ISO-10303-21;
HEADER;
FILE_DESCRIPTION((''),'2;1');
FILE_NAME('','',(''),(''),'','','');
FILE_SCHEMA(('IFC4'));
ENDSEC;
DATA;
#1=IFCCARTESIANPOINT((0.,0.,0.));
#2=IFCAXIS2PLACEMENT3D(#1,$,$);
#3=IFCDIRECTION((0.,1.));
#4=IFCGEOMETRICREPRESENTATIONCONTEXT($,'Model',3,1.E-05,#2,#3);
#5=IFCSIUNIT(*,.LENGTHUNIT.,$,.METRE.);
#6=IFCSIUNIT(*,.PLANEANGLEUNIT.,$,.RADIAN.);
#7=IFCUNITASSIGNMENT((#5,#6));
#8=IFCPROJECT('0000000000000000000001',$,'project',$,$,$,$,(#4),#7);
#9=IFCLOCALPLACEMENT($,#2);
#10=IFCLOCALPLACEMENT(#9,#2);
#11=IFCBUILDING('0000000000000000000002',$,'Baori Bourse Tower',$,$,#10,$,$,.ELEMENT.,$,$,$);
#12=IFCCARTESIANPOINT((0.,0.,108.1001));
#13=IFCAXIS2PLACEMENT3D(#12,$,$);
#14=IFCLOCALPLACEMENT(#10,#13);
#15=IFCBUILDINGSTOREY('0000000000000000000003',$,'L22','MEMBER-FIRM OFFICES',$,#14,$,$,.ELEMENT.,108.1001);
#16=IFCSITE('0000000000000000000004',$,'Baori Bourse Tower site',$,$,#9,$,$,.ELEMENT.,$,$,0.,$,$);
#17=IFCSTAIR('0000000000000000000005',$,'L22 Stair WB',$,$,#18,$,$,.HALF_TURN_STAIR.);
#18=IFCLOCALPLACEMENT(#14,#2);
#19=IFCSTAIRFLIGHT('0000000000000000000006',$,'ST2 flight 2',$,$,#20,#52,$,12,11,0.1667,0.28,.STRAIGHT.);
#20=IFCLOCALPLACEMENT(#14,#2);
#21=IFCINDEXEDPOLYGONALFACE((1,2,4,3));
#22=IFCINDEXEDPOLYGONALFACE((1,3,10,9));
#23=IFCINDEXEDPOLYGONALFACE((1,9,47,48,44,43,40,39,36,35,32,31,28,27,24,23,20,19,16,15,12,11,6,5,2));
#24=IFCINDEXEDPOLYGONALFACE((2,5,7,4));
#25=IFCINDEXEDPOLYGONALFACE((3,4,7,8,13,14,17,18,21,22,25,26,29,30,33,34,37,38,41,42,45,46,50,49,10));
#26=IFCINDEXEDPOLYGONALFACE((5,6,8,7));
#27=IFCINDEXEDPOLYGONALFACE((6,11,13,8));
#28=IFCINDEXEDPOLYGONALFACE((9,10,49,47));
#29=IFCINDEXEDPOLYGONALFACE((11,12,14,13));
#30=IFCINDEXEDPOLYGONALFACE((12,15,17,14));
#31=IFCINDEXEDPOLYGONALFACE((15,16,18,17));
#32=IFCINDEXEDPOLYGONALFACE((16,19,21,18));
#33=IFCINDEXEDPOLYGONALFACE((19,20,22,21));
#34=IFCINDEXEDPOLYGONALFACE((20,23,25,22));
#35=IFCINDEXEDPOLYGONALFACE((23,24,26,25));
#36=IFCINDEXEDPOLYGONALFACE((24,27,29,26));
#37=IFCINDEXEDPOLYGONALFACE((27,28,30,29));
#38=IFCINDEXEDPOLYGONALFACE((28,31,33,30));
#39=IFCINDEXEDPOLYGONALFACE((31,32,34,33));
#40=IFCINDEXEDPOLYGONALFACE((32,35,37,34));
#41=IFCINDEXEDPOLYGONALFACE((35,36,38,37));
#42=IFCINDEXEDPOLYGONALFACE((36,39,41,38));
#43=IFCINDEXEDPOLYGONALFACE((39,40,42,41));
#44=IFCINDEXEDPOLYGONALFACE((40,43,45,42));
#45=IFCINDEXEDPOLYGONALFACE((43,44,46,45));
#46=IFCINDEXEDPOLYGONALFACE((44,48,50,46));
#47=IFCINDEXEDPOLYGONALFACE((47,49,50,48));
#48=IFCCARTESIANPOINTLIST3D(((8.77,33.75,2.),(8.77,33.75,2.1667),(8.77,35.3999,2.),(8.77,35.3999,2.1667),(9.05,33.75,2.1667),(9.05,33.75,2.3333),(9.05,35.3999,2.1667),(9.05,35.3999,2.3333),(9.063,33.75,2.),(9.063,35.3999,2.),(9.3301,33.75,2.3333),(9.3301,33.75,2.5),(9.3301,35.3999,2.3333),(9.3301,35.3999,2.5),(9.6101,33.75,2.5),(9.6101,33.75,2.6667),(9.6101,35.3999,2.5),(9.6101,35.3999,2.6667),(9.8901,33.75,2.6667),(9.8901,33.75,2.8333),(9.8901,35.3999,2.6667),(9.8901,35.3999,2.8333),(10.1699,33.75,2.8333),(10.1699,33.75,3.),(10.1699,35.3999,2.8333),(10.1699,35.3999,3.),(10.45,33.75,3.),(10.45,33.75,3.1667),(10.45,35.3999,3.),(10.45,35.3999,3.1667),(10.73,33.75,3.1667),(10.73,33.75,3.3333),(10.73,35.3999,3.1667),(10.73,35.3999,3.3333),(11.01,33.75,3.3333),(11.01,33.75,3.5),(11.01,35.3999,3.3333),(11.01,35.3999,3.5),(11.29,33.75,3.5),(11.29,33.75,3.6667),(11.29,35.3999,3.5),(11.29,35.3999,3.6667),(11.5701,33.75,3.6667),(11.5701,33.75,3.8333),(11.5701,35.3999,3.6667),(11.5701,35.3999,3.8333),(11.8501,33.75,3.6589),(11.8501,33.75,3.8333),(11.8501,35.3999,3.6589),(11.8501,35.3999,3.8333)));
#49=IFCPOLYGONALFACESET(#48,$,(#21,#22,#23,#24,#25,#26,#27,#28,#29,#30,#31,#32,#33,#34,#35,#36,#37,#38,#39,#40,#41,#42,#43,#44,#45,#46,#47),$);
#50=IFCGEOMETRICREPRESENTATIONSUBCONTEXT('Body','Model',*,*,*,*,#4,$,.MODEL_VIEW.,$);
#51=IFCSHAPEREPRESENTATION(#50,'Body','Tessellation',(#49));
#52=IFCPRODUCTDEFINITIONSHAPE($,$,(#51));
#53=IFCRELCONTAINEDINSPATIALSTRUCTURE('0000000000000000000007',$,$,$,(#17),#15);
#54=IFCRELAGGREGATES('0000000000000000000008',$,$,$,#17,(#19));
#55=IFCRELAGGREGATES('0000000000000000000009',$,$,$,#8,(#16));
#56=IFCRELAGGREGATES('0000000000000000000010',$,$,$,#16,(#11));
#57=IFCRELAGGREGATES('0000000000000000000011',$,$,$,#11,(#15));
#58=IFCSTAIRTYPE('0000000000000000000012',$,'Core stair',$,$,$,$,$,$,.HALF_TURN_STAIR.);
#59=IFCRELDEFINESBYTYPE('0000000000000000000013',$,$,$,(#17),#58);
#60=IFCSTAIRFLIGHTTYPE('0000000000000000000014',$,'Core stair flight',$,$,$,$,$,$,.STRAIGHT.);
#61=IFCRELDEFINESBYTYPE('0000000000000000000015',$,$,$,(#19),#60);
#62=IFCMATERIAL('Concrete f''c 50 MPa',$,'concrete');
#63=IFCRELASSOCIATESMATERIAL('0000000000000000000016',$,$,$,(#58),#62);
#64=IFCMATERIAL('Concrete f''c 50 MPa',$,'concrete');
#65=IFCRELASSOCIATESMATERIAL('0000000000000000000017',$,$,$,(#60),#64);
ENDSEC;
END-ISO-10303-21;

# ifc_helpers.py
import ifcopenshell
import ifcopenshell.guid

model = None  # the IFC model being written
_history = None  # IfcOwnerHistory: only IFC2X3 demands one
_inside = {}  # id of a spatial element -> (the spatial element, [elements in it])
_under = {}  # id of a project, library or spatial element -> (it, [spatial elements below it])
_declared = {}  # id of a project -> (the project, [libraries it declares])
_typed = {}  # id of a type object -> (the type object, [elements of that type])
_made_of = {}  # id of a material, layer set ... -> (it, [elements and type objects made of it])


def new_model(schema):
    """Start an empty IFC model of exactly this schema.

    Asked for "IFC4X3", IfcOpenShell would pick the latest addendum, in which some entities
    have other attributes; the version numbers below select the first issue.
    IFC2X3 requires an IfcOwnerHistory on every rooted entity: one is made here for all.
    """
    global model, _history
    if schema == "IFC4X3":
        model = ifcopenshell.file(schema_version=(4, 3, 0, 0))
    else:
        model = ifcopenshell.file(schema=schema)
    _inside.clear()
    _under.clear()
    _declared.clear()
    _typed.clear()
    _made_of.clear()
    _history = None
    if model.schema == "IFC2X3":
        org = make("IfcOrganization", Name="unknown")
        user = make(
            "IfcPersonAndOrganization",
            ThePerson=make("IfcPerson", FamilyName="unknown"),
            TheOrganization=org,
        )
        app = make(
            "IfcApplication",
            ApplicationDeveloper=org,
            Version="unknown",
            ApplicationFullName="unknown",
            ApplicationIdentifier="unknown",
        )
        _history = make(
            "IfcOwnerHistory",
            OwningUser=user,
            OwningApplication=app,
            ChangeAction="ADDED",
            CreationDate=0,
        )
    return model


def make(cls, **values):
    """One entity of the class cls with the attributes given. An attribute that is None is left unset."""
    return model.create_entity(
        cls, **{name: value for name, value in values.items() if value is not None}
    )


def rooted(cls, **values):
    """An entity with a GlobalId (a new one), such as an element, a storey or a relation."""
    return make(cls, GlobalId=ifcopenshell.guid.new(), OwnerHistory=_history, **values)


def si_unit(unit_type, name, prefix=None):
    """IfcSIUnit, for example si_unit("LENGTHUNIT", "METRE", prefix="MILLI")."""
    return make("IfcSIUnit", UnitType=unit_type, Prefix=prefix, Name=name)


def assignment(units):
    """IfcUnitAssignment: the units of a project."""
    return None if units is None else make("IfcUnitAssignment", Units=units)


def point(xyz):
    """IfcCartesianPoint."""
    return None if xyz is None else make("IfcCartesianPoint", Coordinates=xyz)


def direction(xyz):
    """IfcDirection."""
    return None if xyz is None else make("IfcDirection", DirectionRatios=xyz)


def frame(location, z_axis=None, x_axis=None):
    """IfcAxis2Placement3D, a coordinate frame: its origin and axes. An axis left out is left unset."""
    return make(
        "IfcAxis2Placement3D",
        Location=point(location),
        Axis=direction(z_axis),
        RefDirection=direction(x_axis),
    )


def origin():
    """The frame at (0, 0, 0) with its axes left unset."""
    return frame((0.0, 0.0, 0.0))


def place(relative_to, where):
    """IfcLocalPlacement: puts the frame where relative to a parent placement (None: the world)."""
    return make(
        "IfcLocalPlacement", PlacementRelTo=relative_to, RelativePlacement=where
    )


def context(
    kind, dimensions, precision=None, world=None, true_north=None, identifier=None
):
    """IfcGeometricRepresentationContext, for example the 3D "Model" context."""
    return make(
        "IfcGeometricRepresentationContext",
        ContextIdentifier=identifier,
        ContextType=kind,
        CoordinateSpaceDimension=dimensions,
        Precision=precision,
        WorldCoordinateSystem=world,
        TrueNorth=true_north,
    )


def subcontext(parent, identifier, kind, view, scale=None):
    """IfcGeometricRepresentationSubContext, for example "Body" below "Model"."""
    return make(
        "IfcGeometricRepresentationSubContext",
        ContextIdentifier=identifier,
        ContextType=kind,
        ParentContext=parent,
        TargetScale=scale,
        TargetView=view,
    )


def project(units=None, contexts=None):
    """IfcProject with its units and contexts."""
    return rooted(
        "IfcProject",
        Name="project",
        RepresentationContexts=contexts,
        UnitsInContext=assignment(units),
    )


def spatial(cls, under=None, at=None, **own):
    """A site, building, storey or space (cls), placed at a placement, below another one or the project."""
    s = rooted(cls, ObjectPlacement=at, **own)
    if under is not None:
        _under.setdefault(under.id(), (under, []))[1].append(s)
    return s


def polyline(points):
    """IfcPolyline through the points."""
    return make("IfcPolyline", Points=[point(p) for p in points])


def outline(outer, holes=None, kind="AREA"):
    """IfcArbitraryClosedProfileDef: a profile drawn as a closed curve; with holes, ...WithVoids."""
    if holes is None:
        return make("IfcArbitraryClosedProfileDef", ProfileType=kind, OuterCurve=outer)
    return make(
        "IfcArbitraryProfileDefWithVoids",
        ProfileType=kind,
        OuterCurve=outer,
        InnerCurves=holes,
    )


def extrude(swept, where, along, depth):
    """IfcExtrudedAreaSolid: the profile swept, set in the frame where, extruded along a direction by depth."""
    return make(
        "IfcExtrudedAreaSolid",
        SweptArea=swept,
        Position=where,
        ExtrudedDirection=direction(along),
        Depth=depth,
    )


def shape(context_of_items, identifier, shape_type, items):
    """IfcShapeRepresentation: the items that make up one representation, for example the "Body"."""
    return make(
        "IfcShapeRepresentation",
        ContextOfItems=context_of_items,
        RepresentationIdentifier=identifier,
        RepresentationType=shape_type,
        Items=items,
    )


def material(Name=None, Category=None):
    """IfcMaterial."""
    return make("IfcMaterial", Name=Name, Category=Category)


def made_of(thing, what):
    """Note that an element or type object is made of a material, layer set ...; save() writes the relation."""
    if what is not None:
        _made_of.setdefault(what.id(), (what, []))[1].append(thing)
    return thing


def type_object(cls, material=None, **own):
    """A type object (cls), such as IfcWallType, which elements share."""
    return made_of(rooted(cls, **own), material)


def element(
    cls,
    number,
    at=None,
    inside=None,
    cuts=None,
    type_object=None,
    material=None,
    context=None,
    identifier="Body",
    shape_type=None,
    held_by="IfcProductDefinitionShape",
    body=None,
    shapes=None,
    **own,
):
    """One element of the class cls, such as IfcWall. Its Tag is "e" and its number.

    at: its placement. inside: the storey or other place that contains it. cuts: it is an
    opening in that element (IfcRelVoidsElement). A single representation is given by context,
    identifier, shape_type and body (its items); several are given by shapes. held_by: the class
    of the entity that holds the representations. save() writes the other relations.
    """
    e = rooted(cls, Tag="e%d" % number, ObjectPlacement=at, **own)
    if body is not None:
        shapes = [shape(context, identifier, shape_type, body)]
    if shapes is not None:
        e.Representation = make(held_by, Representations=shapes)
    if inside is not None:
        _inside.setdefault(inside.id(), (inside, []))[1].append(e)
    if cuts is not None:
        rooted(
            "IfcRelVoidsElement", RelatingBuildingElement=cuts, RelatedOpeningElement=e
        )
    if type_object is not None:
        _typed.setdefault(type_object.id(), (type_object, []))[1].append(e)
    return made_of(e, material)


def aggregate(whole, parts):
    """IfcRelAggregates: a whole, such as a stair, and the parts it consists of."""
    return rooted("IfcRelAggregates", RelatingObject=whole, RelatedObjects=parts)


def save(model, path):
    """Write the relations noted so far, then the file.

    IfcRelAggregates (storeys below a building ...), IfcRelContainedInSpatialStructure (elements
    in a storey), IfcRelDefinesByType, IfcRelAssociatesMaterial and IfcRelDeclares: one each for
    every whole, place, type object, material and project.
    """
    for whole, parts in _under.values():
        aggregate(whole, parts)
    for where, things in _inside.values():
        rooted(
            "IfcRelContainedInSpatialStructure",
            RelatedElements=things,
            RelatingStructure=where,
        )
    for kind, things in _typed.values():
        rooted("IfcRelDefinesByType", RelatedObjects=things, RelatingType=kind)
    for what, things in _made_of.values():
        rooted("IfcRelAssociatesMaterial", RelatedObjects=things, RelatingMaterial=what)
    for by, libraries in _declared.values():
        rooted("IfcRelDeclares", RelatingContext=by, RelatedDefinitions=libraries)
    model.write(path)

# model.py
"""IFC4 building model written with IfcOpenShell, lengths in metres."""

from ifc_helpers import new_model, si_unit, direction, frame, origin, place, context, subcontext, project, spatial, polyline, outline, extrude, material, type_object, element, aggregate, save


model = new_model("IFC4")

# Units and contexts
model_context = context("Model", 3, precision=1e-05, world=origin(), true_north=direction((0.0, 1.0)))
body_context = subcontext(model_context, "Body", "Model", "MODEL_VIEW")
ifc_project = project(units=[si_unit("LENGTHUNIT", "METRE"), si_unit("PLANEANGLEUNIT", "RADIAN")], contexts=[model_context])

# Site, building, storey
site_placement = place(None, origin())
site = spatial("IfcSite", under=ifc_project, at=site_placement, Name="Baori Bourse Tower site", CompositionType="ELEMENT", RefElevation=0.0)
building_placement = place(site_placement, origin())
building = spatial("IfcBuilding", under=site, at=building_placement, Name="Baori Bourse Tower", CompositionType="ELEMENT")
storey_placement = place(building_placement, frame((0.0, 0.0, 108.1001)))
storey = spatial("IfcBuildingStorey", under=building, at=storey_placement, Name="L22", Description="MEMBER-FIRM OFFICES", CompositionType="ELEMENT", Elevation=108.1001)

# Stair, stair flight
ifc_material_1 = material(Name="Concrete f'c 50 MPa", Category="concrete")
stair_type = type_object("IfcStairType", Name="Core stair", PredefinedType="HALF_TURN_STAIR", material=ifc_material_1)
stair_placement = place(storey_placement, origin())
stair = element("IfcStair", 1, at=stair_placement, inside=storey, type_object=stair_type, Name="L22 Stair WB", PredefinedType="HALF_TURN_STAIR")
ifc_material_2 = material(Name="Concrete f'c 50 MPa", Category="concrete")
stair_flight_type = type_object("IfcStairFlightType", Name="Core stair flight", PredefinedType="STRAIGHT", material=ifc_material_2)
stair_flight_1_placement = place(storey_placement, frame((8.77, 34.575, 2.0), z_axis=(0.0, 0.0, 1.0), x_axis=(1.0, 0.0, 0.0)))
stair_flight_1 = element("IfcStairFlight", 2, at=stair_flight_1_placement, type_object=stair_flight_type, Name="ST2 flight 2", NumberOfRisers=12, NumberOfTreads=11, PredefinedType="STRAIGHT", RiserHeight=0.1667, TreadLength=0.28, context=body_context, shape_type="SweptSolid", body=[
    extrude(outline(polyline([(0.0, 0.0), (0.0, 0.1667), (0.28, 0.1667), (0.28, 0.3333), (0.5601, 0.3333), (0.5601, 0.5), (0.8401, 0.5), (0.8401, 0.6667), (1.1201, 0.6667), (1.1201, 0.8333), (1.3999, 0.8333), (1.3999, 1.0), (1.6799, 1.0), (1.6799, 1.1667), (1.96, 1.1667), (1.96, 1.3333), (2.24, 1.3333), (2.24, 1.5), (2.52, 1.5), (2.52, 1.6667), (2.8, 1.6667), (2.8, 1.8333), (3.0801, 1.8333), (3.0801, 2.0), (3.0801, 1.6589), (0.293, 0.0), (0.0, 0.0)])), frame((0.0, 0.825, 0.0), z_axis=(0.0, -1.0, 0.0), x_axis=(1.0, 0.0, 0.0)), (0.0, 0.0, 1.0), 1.6499),
])
aggregate(stair, [stair_flight_1])

save(model, "model.ifc")
